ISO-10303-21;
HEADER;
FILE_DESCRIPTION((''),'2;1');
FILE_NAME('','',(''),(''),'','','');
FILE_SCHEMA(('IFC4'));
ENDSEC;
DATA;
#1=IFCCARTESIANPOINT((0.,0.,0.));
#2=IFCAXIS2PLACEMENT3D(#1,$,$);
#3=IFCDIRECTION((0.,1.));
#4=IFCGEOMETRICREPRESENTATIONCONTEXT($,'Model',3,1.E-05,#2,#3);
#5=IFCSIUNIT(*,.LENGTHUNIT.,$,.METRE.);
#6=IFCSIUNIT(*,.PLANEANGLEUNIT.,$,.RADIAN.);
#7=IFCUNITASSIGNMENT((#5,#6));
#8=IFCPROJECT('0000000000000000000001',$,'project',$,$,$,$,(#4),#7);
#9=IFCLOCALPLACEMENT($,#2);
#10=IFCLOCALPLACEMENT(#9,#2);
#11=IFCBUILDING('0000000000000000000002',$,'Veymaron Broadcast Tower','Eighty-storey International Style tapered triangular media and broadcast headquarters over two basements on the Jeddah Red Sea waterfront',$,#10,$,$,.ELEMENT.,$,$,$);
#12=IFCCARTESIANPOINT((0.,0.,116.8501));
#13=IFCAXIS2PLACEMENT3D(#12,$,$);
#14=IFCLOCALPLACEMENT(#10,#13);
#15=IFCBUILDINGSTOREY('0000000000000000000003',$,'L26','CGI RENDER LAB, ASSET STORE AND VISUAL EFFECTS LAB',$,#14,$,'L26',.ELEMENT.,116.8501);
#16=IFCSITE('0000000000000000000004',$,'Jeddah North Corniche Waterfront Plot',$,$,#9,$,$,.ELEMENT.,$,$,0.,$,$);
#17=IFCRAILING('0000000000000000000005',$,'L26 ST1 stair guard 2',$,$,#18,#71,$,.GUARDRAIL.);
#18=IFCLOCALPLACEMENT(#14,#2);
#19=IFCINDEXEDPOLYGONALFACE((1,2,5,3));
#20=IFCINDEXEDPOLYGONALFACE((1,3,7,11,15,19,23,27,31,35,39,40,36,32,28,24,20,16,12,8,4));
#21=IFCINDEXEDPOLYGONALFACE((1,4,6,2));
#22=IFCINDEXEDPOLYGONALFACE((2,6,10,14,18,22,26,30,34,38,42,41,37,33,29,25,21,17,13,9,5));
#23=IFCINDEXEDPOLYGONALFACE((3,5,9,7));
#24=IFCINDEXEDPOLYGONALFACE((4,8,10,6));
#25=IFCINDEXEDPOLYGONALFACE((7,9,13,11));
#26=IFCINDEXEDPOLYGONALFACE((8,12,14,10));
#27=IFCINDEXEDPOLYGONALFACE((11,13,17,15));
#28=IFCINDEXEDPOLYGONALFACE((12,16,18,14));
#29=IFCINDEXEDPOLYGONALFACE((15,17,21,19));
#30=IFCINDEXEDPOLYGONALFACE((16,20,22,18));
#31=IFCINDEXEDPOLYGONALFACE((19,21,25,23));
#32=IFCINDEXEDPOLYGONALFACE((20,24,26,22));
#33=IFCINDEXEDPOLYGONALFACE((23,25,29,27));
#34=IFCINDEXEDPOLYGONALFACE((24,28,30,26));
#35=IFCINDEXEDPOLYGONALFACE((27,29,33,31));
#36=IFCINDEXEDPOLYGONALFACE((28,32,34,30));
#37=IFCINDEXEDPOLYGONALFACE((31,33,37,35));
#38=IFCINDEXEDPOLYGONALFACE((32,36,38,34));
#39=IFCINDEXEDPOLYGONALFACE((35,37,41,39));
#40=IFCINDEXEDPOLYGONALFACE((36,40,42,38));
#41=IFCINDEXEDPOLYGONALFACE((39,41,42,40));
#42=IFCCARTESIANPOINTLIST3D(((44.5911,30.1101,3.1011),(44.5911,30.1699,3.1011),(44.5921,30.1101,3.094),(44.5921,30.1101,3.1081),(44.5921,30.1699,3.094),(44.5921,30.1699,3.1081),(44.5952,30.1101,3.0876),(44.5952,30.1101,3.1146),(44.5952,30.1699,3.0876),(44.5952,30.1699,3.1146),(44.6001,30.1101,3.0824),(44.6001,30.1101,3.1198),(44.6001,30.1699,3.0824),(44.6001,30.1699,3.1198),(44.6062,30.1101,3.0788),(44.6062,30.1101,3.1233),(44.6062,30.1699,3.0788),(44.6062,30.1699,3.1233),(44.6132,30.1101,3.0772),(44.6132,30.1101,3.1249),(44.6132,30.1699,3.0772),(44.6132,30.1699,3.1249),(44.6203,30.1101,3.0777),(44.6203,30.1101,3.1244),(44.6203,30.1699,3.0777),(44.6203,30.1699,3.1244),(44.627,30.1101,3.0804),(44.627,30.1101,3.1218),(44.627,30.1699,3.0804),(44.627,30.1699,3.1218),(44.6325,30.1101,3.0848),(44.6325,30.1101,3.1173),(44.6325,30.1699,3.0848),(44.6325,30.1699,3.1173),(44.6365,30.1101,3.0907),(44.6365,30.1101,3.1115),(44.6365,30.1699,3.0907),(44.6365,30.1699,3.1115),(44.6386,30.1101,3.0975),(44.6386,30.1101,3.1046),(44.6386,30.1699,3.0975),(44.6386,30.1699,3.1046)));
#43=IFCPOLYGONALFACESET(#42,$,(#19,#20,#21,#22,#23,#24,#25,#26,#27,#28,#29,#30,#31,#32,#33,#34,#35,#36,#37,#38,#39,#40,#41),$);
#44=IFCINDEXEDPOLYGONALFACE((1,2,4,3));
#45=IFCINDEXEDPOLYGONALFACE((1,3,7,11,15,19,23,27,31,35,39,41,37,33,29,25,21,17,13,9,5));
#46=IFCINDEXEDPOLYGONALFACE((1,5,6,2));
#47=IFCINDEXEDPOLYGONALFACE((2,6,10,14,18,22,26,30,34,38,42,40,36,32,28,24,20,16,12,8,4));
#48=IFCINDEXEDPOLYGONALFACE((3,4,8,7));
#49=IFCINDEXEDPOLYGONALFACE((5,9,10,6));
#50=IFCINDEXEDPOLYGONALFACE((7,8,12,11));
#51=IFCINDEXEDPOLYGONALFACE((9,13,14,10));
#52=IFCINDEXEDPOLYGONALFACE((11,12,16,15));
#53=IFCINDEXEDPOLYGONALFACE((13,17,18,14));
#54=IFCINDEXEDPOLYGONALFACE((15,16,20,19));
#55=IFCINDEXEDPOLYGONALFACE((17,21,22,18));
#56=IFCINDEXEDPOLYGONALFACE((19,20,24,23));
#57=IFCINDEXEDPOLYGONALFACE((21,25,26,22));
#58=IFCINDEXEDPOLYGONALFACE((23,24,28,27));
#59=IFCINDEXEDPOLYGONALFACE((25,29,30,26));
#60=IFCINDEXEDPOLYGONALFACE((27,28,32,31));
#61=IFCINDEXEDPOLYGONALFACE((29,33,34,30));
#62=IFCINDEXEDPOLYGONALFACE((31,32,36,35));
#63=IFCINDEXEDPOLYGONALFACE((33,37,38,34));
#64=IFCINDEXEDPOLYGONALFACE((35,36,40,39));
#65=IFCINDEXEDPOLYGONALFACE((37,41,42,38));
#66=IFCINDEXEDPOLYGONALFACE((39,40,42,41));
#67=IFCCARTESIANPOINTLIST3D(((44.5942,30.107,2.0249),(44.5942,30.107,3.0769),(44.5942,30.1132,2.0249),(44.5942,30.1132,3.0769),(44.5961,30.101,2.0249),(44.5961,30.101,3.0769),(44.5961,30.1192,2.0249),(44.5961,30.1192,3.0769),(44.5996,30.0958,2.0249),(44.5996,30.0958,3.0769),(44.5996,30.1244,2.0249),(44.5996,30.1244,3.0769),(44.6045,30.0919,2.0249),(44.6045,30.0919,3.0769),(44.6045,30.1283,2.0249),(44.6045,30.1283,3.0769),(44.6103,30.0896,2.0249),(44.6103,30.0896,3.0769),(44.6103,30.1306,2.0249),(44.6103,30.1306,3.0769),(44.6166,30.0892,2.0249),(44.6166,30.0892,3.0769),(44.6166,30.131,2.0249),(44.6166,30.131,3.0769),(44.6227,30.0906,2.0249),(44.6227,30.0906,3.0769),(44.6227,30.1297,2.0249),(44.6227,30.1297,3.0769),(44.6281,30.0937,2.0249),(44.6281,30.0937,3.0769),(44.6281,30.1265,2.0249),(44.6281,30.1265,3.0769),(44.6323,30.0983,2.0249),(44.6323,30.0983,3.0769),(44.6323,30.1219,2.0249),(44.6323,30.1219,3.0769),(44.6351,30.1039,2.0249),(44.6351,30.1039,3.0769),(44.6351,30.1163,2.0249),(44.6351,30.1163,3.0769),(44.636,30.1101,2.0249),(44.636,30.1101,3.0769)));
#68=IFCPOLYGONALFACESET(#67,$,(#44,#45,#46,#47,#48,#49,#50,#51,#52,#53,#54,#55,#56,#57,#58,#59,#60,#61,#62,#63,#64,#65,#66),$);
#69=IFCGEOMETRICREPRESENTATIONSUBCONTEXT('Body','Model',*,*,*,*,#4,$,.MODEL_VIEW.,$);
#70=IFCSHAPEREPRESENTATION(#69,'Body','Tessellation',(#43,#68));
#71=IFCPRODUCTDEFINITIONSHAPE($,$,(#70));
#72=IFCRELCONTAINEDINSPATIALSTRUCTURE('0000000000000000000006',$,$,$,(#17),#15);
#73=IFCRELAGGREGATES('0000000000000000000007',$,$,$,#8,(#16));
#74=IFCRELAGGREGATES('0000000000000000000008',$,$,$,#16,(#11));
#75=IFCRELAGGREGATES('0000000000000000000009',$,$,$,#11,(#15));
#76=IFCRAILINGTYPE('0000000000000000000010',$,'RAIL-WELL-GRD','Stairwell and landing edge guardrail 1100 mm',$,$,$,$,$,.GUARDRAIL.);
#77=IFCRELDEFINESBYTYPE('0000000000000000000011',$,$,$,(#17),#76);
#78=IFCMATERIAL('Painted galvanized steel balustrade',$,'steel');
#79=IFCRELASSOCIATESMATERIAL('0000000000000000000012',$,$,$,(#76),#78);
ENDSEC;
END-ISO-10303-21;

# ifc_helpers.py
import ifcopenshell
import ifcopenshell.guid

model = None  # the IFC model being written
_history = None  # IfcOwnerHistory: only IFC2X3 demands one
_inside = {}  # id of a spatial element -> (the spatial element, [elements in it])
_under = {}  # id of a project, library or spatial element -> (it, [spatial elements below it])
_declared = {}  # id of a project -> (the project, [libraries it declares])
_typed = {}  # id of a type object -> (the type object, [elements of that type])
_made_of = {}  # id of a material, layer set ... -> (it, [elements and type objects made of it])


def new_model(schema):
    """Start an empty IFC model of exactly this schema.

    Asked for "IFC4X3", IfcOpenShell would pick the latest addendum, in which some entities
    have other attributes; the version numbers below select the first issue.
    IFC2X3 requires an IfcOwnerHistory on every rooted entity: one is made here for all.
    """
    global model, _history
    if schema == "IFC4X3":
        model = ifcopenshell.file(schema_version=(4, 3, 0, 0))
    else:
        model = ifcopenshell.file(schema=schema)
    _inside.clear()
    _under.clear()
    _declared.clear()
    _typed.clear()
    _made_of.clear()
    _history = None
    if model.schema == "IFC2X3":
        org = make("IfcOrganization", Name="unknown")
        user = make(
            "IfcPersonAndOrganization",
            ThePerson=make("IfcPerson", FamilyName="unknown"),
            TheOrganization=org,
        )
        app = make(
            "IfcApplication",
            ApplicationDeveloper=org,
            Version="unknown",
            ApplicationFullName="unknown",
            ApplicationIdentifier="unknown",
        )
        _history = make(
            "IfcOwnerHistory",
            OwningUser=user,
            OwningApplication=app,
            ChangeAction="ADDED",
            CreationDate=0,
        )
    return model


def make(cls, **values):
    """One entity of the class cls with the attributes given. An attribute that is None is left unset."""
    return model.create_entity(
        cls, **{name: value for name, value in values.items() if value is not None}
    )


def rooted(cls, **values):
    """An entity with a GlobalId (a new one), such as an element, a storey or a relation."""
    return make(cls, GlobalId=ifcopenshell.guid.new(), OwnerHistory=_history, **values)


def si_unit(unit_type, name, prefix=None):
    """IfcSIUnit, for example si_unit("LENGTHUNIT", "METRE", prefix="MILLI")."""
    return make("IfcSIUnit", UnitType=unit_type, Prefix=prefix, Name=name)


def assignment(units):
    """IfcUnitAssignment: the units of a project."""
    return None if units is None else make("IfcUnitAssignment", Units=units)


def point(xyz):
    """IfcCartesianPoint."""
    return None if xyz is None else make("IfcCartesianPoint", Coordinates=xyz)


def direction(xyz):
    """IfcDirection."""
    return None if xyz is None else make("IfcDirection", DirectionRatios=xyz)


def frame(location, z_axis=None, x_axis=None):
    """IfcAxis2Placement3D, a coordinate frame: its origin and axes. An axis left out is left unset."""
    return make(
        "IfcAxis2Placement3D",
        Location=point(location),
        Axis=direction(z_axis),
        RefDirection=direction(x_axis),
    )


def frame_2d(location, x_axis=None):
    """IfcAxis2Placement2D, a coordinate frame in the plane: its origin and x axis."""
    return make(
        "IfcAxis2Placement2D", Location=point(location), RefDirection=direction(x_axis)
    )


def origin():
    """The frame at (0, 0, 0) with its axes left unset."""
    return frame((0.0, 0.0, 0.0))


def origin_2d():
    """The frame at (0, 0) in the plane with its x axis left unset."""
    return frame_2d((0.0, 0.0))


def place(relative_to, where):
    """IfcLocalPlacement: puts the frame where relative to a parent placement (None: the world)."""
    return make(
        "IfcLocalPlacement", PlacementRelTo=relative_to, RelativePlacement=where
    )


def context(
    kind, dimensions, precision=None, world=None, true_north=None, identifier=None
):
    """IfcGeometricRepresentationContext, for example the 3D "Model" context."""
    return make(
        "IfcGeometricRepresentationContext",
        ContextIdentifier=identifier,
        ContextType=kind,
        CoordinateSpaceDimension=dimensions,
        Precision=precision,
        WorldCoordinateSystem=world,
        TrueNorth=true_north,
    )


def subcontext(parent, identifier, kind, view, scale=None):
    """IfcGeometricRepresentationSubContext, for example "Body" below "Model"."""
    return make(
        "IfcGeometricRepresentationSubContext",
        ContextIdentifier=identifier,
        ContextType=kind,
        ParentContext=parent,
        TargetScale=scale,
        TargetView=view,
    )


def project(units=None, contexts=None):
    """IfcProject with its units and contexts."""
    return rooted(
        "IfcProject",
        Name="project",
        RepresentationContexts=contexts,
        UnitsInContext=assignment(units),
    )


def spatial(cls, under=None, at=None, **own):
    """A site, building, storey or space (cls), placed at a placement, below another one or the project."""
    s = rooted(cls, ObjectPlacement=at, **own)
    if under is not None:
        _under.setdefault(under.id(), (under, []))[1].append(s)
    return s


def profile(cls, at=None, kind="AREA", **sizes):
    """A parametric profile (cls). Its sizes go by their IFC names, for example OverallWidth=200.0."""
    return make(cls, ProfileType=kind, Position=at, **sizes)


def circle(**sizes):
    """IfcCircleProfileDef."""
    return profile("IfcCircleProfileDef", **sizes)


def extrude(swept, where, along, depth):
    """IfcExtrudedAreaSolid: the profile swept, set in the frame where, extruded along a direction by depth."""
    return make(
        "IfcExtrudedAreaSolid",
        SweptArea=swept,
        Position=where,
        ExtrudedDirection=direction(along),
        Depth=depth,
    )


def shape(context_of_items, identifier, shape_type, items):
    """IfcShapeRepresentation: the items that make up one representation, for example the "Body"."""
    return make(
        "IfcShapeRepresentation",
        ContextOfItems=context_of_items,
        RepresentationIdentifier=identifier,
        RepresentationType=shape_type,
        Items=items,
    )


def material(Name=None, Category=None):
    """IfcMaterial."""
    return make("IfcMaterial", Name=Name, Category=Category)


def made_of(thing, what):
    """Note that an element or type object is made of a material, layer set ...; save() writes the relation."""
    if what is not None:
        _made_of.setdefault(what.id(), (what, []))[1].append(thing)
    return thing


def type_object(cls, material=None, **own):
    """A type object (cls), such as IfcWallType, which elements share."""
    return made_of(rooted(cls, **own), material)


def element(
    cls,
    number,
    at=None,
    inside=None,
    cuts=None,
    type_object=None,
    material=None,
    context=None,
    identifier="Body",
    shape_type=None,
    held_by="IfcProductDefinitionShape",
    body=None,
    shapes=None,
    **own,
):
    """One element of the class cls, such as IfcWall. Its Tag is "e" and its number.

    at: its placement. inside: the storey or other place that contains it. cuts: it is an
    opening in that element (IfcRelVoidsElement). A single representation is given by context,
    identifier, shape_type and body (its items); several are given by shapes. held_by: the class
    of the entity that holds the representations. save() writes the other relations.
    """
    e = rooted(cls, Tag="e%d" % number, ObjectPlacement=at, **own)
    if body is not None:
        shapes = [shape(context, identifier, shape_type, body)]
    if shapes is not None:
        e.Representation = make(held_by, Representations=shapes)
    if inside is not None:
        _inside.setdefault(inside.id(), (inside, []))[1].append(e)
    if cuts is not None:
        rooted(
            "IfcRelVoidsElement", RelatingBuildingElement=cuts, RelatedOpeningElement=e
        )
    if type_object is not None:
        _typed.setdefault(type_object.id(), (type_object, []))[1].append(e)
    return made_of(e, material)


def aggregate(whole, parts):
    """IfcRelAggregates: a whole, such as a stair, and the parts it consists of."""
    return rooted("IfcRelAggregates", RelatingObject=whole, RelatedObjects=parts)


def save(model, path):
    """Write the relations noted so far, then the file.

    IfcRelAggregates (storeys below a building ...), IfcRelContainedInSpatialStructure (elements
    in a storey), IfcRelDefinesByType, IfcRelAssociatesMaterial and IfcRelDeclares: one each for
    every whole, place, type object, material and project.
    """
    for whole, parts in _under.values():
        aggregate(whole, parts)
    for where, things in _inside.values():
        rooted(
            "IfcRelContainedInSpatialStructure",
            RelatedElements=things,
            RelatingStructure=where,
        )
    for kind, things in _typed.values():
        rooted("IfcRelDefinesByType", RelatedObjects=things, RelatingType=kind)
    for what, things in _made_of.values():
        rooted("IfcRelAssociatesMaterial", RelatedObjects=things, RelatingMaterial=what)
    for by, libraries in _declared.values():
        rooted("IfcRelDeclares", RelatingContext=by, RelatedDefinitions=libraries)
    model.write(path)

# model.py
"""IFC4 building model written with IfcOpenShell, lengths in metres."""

from ifc_helpers import new_model, si_unit, direction, frame, origin, origin_2d, place, context, subcontext, project, spatial, circle, extrude, material, type_object, element, save


model = new_model("IFC4")

# Units and contexts
model_context = context("Model", 3, precision=1e-05, world=origin(), true_north=direction((0.0, 1.0)))
body_context = subcontext(model_context, "Body", "Model", "MODEL_VIEW")
ifc_project = project(units=[si_unit("LENGTHUNIT", "METRE"), si_unit("PLANEANGLEUNIT", "RADIAN")], contexts=[model_context])

# Site, building, storey
site_placement = place(None, origin())
site = spatial("IfcSite", under=ifc_project, at=site_placement, Name="Jeddah North Corniche Waterfront Plot", CompositionType="ELEMENT", RefElevation=0.0)
building_placement = place(site_placement, origin())
building = spatial("IfcBuilding", under=site, at=building_placement, Name="Veymaron Broadcast Tower", Description="Eighty-storey International Style tapered triangular media and broadcast headquarters over two basements on the Jeddah Red Sea waterfront", CompositionType="ELEMENT")
storey_placement = place(building_placement, frame((0.0, 0.0, 116.8501)))
storey = spatial("IfcBuildingStorey", under=building, at=storey_placement, Name="L26", Description="CGI RENDER LAB, ASSET STORE AND VISUAL EFFECTS LAB", LongName="L26", CompositionType="ELEMENT", Elevation=116.8501)

# Railing
ifc_material_1 = material(Name="Painted galvanized steel balustrade", Category="steel")
railing_type_1 = type_object("IfcRailingType", Name="RAIL-WELL-GRD", Description="Stairwell and landing edge guardrail 1100 mm", PredefinedType="GUARDRAIL", material=ifc_material_1)
railing_1_placement = place(storey_placement, frame((44.615, 30.1101, 2.0249)))
element("IfcRailing", 1, at=railing_1_placement, inside=storey, type_object=railing_type_1, Name="L26 ST1 stair guard 2", PredefinedType="GUARDRAIL", context=body_context, shape_type="SweptSolid", body=[
    extrude(circle(Radius=0.0239, at=origin_2d()), frame((0.0, 0.0, 1.0762), z_axis=(0.0, 1.0, 0.0), x_axis=(-1.0, 0.0, 0.0)), (0.0, 0.0, 1.0), 0.0598),
    extrude(circle(Radius=0.021, at=origin_2d()), origin(), (0.0, 0.0, 1.0), 1.052),
])

save(model, "model.ifc")
